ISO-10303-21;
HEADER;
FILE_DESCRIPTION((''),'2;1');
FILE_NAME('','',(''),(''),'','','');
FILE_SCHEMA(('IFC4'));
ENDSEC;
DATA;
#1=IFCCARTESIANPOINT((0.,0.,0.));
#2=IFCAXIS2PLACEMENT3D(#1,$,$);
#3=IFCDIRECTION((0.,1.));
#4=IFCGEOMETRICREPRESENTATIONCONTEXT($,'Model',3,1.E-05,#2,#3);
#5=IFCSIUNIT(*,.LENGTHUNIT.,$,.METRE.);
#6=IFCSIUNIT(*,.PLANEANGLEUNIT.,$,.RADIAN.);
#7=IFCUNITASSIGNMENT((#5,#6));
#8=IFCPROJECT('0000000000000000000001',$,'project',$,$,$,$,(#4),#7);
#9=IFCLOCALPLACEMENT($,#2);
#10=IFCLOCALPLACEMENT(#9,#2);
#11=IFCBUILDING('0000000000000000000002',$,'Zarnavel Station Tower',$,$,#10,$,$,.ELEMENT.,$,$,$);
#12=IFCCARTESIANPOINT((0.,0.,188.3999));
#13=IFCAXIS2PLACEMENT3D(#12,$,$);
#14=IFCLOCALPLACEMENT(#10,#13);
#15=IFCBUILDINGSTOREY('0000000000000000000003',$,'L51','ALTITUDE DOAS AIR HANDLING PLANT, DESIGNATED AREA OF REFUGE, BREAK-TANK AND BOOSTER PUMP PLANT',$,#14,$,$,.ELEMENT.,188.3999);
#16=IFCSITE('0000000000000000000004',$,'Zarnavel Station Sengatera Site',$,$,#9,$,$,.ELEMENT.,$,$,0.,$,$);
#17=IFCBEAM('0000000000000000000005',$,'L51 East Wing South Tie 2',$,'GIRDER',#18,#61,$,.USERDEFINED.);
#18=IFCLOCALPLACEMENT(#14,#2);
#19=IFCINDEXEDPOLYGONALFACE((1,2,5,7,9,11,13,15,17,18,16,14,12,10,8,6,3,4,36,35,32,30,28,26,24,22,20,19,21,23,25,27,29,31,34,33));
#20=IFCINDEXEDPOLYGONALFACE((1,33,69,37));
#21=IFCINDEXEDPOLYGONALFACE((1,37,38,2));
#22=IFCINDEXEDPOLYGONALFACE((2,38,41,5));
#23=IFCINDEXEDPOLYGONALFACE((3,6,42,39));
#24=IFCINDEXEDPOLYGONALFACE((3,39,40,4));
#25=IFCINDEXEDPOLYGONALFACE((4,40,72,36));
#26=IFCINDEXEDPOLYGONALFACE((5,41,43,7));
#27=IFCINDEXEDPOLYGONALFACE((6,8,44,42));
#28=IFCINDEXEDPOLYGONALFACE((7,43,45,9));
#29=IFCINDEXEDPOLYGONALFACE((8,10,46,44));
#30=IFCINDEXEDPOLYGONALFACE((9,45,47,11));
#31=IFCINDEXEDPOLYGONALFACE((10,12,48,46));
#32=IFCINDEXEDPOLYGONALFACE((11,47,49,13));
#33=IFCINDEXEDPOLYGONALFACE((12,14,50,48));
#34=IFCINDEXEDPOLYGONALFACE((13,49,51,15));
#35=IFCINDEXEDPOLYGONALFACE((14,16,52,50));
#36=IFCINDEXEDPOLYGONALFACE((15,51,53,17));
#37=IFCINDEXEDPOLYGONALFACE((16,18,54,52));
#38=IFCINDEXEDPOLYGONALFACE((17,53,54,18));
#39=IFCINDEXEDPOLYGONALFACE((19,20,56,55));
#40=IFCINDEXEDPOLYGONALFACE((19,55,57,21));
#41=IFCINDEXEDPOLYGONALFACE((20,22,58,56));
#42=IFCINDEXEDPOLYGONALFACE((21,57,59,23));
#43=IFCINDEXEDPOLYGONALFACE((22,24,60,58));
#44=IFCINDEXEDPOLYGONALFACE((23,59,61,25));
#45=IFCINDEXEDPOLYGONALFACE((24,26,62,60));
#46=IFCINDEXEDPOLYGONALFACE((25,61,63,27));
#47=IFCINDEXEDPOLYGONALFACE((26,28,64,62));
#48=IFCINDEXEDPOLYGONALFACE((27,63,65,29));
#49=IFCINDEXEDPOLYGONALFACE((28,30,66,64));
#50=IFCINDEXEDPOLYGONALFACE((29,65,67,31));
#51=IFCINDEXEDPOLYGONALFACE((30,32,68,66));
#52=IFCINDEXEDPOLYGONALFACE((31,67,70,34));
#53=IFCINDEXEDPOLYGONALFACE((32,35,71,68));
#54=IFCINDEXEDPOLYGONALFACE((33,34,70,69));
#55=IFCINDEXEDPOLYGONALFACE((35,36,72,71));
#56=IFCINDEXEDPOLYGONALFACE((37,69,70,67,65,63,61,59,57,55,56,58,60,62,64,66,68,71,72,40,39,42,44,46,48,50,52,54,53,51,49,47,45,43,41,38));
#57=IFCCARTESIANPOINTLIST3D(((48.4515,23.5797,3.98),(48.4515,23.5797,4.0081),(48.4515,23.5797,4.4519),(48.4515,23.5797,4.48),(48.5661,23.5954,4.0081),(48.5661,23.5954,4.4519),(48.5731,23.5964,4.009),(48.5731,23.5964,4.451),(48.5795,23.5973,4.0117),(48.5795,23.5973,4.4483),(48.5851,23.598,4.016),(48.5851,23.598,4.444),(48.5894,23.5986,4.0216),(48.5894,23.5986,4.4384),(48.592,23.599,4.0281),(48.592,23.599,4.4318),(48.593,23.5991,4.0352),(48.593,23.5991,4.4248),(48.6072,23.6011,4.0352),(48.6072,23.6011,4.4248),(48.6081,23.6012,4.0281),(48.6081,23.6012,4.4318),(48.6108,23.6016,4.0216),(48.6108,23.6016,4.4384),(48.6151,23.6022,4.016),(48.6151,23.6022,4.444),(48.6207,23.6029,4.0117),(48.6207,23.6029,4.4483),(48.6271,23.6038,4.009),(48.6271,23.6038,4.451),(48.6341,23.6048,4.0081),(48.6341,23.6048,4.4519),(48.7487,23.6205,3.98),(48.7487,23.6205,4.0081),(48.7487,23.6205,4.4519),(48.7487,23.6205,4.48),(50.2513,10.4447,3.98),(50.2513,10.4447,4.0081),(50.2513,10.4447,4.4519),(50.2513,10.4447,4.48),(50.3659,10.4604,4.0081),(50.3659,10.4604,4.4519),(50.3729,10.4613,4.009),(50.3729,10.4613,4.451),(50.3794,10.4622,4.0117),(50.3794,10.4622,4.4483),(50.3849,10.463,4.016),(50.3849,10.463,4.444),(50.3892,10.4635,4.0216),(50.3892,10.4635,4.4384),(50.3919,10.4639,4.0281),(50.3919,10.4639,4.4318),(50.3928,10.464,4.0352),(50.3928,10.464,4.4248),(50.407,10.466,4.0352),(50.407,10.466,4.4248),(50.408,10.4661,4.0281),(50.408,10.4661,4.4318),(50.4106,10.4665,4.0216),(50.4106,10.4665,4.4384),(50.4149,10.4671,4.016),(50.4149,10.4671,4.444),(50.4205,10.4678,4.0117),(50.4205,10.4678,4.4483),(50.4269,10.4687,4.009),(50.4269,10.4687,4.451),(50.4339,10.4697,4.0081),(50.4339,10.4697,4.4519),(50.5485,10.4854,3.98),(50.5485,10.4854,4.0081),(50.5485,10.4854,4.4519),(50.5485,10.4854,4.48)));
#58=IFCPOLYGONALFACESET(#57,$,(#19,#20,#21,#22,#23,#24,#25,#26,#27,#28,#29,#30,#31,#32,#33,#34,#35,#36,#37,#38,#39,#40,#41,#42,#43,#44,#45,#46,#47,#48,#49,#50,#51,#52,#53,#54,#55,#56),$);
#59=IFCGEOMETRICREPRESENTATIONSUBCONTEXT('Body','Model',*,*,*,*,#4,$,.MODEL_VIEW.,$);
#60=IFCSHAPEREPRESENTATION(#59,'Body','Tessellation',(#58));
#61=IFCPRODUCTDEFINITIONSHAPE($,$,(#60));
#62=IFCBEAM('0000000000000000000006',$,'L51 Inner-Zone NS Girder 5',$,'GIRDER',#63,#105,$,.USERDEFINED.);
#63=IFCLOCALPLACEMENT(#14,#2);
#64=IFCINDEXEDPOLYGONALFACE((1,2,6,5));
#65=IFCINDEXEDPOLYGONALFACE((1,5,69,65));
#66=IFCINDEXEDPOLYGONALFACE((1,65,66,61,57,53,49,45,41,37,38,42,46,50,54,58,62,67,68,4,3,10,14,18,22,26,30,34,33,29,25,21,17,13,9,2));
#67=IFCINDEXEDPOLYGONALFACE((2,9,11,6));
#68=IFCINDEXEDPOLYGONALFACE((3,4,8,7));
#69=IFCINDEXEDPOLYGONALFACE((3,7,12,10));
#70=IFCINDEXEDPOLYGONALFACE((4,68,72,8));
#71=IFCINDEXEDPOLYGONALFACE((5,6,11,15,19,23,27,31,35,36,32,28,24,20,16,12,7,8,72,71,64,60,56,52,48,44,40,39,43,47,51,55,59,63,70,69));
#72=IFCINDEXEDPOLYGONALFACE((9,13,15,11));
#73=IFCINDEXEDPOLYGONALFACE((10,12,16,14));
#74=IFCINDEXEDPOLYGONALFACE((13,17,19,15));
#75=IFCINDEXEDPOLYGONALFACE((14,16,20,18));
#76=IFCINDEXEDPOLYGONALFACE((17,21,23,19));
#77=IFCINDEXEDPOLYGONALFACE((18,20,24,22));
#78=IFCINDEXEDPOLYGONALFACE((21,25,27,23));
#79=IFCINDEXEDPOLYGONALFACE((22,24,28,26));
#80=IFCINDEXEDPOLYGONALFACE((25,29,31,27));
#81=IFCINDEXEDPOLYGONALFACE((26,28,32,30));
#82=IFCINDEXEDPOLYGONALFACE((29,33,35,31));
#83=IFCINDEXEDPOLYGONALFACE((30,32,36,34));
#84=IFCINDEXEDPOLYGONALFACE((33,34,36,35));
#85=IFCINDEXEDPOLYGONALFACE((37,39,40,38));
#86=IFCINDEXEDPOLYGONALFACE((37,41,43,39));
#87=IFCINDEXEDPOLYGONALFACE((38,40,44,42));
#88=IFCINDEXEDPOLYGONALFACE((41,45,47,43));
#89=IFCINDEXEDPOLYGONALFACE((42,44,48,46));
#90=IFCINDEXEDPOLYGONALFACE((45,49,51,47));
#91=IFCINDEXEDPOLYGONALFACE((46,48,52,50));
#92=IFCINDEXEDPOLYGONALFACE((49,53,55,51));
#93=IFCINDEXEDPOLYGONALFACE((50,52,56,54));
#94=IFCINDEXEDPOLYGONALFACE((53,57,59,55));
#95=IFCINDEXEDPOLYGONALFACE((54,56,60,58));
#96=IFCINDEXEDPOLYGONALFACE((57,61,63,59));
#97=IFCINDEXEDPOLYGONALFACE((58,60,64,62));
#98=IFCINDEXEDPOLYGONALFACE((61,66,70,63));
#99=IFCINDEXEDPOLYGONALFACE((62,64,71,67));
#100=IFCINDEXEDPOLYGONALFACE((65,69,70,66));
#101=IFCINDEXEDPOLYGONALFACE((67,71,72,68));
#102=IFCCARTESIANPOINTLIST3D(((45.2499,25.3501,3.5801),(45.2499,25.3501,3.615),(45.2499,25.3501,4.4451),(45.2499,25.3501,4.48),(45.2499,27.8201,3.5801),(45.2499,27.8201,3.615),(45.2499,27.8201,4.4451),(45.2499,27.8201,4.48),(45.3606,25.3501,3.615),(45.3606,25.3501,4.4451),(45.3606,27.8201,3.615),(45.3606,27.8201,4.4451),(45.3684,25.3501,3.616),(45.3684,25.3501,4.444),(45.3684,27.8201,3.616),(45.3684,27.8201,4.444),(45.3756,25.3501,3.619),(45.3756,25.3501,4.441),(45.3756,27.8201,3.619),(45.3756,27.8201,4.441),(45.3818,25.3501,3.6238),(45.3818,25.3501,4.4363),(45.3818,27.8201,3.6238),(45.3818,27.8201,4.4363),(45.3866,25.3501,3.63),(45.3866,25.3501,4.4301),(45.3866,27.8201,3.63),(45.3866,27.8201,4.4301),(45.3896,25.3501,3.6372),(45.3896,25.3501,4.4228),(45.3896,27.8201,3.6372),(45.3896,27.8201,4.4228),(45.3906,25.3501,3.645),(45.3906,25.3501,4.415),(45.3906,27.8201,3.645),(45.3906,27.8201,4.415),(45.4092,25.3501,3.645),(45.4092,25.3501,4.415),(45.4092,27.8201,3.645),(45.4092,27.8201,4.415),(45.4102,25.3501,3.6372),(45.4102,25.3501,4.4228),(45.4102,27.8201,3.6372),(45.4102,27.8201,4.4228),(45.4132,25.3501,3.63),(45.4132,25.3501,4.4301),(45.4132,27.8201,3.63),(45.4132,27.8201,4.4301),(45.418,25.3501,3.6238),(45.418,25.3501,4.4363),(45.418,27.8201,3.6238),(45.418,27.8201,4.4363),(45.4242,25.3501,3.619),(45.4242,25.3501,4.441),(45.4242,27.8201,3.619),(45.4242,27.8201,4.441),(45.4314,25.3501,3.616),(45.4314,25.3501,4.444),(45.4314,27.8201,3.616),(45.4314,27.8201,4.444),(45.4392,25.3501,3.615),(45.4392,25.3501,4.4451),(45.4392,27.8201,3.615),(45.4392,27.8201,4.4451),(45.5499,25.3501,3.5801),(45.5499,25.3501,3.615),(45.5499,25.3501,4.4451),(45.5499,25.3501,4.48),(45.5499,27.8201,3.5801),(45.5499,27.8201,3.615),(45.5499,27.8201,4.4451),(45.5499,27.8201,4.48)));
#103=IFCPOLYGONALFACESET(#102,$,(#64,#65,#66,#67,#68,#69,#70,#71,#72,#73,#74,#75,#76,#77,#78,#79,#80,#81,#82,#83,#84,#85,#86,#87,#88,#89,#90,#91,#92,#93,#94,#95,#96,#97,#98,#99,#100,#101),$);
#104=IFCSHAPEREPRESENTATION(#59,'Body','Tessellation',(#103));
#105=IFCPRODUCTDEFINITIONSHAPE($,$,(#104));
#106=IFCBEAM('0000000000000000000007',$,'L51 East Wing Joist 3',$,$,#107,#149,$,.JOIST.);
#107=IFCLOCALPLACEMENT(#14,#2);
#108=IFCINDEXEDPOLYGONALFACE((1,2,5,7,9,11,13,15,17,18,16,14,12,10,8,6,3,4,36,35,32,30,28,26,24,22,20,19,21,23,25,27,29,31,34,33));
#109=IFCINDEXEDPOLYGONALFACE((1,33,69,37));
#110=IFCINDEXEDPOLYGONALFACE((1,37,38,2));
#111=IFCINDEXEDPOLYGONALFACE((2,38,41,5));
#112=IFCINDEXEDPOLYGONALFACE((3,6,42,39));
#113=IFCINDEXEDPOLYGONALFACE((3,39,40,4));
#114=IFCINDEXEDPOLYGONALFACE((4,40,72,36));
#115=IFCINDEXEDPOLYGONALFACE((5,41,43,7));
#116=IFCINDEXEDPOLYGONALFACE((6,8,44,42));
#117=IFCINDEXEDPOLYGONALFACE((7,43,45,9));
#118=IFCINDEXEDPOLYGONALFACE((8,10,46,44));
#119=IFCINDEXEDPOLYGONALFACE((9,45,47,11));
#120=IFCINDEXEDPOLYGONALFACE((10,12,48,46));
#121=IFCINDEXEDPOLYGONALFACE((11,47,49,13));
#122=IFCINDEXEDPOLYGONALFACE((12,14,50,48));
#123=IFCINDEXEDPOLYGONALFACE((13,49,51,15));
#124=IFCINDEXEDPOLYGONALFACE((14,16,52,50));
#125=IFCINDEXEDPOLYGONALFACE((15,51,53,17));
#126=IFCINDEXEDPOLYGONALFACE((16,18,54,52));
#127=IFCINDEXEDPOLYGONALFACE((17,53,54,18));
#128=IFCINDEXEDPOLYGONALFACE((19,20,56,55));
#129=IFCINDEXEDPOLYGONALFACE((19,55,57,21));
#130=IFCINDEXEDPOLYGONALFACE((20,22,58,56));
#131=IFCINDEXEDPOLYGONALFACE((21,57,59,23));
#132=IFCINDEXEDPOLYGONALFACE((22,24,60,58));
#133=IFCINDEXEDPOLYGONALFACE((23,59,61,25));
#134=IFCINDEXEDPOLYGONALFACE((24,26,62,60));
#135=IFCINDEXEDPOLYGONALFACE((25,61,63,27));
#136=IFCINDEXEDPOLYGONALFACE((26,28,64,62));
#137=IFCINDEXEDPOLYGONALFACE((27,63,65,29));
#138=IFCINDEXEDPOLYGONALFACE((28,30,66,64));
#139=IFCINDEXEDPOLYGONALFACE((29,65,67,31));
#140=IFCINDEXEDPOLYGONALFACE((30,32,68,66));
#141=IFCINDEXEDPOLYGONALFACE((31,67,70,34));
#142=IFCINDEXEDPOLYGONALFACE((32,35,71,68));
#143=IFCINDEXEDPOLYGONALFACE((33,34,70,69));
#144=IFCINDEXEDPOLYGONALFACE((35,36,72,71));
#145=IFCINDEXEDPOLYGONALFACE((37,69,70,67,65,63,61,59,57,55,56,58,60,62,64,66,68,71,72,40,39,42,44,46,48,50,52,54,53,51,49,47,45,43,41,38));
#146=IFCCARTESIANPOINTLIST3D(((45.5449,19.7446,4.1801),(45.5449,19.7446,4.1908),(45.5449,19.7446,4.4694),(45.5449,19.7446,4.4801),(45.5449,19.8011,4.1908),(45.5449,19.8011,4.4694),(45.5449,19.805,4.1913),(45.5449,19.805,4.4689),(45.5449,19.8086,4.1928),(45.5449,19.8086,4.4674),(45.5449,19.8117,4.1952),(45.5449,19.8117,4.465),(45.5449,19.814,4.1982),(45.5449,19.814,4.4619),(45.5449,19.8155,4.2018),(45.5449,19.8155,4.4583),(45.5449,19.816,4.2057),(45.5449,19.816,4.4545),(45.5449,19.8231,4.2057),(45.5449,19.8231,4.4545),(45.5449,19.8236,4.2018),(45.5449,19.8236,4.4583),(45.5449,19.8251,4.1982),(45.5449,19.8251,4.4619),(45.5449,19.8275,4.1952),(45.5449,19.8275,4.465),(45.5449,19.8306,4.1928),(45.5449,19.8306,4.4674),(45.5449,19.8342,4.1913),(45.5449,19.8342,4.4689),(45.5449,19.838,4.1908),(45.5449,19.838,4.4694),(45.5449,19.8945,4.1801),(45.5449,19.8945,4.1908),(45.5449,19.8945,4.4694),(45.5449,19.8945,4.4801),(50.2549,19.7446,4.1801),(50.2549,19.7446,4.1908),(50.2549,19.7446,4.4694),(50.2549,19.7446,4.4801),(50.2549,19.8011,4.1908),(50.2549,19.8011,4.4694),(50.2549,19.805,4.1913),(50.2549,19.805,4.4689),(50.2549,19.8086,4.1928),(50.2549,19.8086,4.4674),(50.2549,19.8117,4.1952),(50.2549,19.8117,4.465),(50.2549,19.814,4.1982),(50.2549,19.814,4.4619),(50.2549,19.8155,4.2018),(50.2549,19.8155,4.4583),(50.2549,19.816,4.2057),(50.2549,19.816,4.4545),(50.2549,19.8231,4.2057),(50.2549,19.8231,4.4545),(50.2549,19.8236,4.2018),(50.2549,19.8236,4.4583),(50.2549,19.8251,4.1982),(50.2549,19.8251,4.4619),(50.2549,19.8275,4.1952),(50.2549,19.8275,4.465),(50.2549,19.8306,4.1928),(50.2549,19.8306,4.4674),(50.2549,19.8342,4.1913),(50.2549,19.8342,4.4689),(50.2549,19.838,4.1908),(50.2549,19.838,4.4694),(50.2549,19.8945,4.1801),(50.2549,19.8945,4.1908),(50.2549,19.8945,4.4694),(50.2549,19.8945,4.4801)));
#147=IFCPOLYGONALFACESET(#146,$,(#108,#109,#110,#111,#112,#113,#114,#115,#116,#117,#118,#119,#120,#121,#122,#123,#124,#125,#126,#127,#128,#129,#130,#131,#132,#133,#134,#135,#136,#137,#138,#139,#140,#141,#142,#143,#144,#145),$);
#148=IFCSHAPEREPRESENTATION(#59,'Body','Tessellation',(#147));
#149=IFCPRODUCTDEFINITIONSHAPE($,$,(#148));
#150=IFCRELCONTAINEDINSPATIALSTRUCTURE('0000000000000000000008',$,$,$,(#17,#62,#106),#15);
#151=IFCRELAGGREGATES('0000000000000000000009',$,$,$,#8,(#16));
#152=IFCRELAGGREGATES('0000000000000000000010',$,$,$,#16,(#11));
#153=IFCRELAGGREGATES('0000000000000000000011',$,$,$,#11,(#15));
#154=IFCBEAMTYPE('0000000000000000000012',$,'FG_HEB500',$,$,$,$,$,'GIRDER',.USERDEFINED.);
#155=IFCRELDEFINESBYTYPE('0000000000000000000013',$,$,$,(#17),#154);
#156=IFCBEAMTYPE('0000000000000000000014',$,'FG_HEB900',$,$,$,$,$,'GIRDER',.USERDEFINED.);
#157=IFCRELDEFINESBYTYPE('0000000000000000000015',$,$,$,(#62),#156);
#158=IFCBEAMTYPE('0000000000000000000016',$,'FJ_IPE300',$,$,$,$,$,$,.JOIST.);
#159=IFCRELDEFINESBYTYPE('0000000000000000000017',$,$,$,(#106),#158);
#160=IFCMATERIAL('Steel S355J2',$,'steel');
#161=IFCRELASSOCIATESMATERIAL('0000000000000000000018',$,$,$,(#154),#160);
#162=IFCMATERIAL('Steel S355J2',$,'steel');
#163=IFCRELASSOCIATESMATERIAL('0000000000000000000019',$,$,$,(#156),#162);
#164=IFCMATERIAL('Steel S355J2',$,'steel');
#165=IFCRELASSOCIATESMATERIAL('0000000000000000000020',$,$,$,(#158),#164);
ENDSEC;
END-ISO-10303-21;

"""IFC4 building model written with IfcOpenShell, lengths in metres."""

from ifc_helpers import new_model, si_unit, direction, frame, origin, origin_2d, place, context, subcontext, project, spatial, i_section, extrude, material, material_profile, profile_set, type_object, element, save


model = new_model("IFC4")

# Units and contexts
model_context = context("Model", 3, precision=1e-05, world=origin(), true_north=direction((0.0, 1.0)))
body_context = subcontext(model_context, "Body", "Model", "MODEL_VIEW")
ifc_project = project(units=[si_unit("LENGTHUNIT", "METRE"), si_unit("PLANEANGLEUNIT", "RADIAN")], contexts=[model_context])

# Site, building, storey
site_placement = place(None, origin())
site = spatial("IfcSite", under=ifc_project, at=site_placement, Name="Zarnavel Station Sengatera Site", CompositionType="ELEMENT", RefElevation=0.0)
building_placement = place(site_placement, origin())
building = spatial("IfcBuilding", under=site, at=building_placement, Name="Zarnavel Station Tower", CompositionType="ELEMENT")
storey_placement = place(building_placement, frame((0.0, 0.0, 188.3999)))
storey = spatial("IfcBuildingStorey", under=building, at=storey_placement, Name="L51", Description="ALTITUDE DOAS AIR HANDLING PLANT, DESIGNATED AREA OF REFUGE, BREAK-TANK AND BOOSTER PUMP PLANT", CompositionType="ELEMENT", Elevation=188.3999)

# Beams
ifc_material_1 = material(Name="Steel S355J2", Category="steel")
ifc_material_profile_1 = material_profile(ifc_material_1, i_section(OverallWidth=0.3, OverallDepth=0.5, WebThickness=0.0144, FlangeThickness=0.0281, FilletRadius=0.0271, at=origin_2d()), Name="HEB500")
ifc_profile_set_1 = profile_set([ifc_material_profile_1], Name="Steel S355J2")
beam_type_1 = type_object("IfcBeamType", Name="FG_HEB500", ElementType="GIRDER", PredefinedType="USERDEFINED", material=ifc_profile_set_1)
beam_1_placement = place(storey_placement, frame((48.6001, 23.6001, 4.23), z_axis=(0.135755, -0.990742, 0.0), x_axis=(0.990742, 0.135755, 0.0)))
element("IfcBeam", 1, at=beam_1_placement, inside=storey, type_object=beam_type_1, Name="L51 East Wing South Tie 2", ObjectType="GIRDER", PredefinedType="USERDEFINED", context=body_context, shape_type="SweptSolid", body=[
    extrude(i_section(OverallWidth=0.3, OverallDepth=0.5, WebThickness=0.0144, FlangeThickness=0.0281, FilletRadius=0.0271, at=origin_2d()), origin(), (0.0, 0.0, 1.0), 13.2578),
])
ifc_material_2 = material(Name="Steel S355J2", Category="steel")
ifc_material_profile_2 = material_profile(ifc_material_2, i_section(OverallWidth=0.3, OverallDepth=0.8999, WebThickness=0.0186, FlangeThickness=0.0349, FilletRadius=0.03, at=origin_2d()), Name="HEB900")
ifc_profile_set_2 = profile_set([ifc_material_profile_2], Name="Steel S355J2")
beam_type_2 = type_object("IfcBeamType", Name="FG_HEB900", ElementType="GIRDER", PredefinedType="USERDEFINED", material=ifc_profile_set_2)
beam_2_placement = place(storey_placement, frame((45.3999, 25.3501, 4.03), z_axis=(0.0, 1.0, 0.0), x_axis=(-1.0, 0.0, 0.0)))
element("IfcBeam", 2, at=beam_2_placement, inside=storey, type_object=beam_type_2, Name="L51 Inner-Zone NS Girder 5", ObjectType="GIRDER", PredefinedType="USERDEFINED", context=body_context, shape_type="SweptSolid", body=[
    extrude(i_section(OverallWidth=0.3, OverallDepth=0.8999, WebThickness=0.0186, FlangeThickness=0.0349, FilletRadius=0.03, at=origin_2d()), origin(), (0.0, 0.0, 1.0), 2.47),
])
ifc_material_3 = material(Name="Steel S355J2", Category="steel")
ifc_material_profile_3 = material_profile(ifc_material_3, i_section(OverallWidth=0.1499, OverallDepth=0.3, WebThickness=0.0071, FlangeThickness=0.0107, FilletRadius=0.0149, at=origin_2d()), Name="IPE300")
ifc_profile_set_3 = profile_set([ifc_material_profile_3], Name="Steel S355J2")
beam_type_3 = type_object("IfcBeamType", Name="FJ_IPE300", PredefinedType="JOIST", material=ifc_profile_set_3)
beam_3_placement = place(storey_placement, frame((45.5449, 19.8196, 4.3301), z_axis=(1.0, 0.0, 0.0), x_axis=(0.0, 1.0, 0.0)))
element("IfcBeam", 3, at=beam_3_placement, inside=storey, type_object=beam_type_3, Name="L51 East Wing Joist 3", PredefinedType="JOIST", context=body_context, shape_type="SweptSolid", body=[
    extrude(i_section(OverallWidth=0.1499, OverallDepth=0.3, WebThickness=0.0071, FlangeThickness=0.0107, FilletRadius=0.0149, at=origin_2d()), origin(), (0.0, 0.0, 1.0), 4.71),
])

save(model, "model.ifc")
